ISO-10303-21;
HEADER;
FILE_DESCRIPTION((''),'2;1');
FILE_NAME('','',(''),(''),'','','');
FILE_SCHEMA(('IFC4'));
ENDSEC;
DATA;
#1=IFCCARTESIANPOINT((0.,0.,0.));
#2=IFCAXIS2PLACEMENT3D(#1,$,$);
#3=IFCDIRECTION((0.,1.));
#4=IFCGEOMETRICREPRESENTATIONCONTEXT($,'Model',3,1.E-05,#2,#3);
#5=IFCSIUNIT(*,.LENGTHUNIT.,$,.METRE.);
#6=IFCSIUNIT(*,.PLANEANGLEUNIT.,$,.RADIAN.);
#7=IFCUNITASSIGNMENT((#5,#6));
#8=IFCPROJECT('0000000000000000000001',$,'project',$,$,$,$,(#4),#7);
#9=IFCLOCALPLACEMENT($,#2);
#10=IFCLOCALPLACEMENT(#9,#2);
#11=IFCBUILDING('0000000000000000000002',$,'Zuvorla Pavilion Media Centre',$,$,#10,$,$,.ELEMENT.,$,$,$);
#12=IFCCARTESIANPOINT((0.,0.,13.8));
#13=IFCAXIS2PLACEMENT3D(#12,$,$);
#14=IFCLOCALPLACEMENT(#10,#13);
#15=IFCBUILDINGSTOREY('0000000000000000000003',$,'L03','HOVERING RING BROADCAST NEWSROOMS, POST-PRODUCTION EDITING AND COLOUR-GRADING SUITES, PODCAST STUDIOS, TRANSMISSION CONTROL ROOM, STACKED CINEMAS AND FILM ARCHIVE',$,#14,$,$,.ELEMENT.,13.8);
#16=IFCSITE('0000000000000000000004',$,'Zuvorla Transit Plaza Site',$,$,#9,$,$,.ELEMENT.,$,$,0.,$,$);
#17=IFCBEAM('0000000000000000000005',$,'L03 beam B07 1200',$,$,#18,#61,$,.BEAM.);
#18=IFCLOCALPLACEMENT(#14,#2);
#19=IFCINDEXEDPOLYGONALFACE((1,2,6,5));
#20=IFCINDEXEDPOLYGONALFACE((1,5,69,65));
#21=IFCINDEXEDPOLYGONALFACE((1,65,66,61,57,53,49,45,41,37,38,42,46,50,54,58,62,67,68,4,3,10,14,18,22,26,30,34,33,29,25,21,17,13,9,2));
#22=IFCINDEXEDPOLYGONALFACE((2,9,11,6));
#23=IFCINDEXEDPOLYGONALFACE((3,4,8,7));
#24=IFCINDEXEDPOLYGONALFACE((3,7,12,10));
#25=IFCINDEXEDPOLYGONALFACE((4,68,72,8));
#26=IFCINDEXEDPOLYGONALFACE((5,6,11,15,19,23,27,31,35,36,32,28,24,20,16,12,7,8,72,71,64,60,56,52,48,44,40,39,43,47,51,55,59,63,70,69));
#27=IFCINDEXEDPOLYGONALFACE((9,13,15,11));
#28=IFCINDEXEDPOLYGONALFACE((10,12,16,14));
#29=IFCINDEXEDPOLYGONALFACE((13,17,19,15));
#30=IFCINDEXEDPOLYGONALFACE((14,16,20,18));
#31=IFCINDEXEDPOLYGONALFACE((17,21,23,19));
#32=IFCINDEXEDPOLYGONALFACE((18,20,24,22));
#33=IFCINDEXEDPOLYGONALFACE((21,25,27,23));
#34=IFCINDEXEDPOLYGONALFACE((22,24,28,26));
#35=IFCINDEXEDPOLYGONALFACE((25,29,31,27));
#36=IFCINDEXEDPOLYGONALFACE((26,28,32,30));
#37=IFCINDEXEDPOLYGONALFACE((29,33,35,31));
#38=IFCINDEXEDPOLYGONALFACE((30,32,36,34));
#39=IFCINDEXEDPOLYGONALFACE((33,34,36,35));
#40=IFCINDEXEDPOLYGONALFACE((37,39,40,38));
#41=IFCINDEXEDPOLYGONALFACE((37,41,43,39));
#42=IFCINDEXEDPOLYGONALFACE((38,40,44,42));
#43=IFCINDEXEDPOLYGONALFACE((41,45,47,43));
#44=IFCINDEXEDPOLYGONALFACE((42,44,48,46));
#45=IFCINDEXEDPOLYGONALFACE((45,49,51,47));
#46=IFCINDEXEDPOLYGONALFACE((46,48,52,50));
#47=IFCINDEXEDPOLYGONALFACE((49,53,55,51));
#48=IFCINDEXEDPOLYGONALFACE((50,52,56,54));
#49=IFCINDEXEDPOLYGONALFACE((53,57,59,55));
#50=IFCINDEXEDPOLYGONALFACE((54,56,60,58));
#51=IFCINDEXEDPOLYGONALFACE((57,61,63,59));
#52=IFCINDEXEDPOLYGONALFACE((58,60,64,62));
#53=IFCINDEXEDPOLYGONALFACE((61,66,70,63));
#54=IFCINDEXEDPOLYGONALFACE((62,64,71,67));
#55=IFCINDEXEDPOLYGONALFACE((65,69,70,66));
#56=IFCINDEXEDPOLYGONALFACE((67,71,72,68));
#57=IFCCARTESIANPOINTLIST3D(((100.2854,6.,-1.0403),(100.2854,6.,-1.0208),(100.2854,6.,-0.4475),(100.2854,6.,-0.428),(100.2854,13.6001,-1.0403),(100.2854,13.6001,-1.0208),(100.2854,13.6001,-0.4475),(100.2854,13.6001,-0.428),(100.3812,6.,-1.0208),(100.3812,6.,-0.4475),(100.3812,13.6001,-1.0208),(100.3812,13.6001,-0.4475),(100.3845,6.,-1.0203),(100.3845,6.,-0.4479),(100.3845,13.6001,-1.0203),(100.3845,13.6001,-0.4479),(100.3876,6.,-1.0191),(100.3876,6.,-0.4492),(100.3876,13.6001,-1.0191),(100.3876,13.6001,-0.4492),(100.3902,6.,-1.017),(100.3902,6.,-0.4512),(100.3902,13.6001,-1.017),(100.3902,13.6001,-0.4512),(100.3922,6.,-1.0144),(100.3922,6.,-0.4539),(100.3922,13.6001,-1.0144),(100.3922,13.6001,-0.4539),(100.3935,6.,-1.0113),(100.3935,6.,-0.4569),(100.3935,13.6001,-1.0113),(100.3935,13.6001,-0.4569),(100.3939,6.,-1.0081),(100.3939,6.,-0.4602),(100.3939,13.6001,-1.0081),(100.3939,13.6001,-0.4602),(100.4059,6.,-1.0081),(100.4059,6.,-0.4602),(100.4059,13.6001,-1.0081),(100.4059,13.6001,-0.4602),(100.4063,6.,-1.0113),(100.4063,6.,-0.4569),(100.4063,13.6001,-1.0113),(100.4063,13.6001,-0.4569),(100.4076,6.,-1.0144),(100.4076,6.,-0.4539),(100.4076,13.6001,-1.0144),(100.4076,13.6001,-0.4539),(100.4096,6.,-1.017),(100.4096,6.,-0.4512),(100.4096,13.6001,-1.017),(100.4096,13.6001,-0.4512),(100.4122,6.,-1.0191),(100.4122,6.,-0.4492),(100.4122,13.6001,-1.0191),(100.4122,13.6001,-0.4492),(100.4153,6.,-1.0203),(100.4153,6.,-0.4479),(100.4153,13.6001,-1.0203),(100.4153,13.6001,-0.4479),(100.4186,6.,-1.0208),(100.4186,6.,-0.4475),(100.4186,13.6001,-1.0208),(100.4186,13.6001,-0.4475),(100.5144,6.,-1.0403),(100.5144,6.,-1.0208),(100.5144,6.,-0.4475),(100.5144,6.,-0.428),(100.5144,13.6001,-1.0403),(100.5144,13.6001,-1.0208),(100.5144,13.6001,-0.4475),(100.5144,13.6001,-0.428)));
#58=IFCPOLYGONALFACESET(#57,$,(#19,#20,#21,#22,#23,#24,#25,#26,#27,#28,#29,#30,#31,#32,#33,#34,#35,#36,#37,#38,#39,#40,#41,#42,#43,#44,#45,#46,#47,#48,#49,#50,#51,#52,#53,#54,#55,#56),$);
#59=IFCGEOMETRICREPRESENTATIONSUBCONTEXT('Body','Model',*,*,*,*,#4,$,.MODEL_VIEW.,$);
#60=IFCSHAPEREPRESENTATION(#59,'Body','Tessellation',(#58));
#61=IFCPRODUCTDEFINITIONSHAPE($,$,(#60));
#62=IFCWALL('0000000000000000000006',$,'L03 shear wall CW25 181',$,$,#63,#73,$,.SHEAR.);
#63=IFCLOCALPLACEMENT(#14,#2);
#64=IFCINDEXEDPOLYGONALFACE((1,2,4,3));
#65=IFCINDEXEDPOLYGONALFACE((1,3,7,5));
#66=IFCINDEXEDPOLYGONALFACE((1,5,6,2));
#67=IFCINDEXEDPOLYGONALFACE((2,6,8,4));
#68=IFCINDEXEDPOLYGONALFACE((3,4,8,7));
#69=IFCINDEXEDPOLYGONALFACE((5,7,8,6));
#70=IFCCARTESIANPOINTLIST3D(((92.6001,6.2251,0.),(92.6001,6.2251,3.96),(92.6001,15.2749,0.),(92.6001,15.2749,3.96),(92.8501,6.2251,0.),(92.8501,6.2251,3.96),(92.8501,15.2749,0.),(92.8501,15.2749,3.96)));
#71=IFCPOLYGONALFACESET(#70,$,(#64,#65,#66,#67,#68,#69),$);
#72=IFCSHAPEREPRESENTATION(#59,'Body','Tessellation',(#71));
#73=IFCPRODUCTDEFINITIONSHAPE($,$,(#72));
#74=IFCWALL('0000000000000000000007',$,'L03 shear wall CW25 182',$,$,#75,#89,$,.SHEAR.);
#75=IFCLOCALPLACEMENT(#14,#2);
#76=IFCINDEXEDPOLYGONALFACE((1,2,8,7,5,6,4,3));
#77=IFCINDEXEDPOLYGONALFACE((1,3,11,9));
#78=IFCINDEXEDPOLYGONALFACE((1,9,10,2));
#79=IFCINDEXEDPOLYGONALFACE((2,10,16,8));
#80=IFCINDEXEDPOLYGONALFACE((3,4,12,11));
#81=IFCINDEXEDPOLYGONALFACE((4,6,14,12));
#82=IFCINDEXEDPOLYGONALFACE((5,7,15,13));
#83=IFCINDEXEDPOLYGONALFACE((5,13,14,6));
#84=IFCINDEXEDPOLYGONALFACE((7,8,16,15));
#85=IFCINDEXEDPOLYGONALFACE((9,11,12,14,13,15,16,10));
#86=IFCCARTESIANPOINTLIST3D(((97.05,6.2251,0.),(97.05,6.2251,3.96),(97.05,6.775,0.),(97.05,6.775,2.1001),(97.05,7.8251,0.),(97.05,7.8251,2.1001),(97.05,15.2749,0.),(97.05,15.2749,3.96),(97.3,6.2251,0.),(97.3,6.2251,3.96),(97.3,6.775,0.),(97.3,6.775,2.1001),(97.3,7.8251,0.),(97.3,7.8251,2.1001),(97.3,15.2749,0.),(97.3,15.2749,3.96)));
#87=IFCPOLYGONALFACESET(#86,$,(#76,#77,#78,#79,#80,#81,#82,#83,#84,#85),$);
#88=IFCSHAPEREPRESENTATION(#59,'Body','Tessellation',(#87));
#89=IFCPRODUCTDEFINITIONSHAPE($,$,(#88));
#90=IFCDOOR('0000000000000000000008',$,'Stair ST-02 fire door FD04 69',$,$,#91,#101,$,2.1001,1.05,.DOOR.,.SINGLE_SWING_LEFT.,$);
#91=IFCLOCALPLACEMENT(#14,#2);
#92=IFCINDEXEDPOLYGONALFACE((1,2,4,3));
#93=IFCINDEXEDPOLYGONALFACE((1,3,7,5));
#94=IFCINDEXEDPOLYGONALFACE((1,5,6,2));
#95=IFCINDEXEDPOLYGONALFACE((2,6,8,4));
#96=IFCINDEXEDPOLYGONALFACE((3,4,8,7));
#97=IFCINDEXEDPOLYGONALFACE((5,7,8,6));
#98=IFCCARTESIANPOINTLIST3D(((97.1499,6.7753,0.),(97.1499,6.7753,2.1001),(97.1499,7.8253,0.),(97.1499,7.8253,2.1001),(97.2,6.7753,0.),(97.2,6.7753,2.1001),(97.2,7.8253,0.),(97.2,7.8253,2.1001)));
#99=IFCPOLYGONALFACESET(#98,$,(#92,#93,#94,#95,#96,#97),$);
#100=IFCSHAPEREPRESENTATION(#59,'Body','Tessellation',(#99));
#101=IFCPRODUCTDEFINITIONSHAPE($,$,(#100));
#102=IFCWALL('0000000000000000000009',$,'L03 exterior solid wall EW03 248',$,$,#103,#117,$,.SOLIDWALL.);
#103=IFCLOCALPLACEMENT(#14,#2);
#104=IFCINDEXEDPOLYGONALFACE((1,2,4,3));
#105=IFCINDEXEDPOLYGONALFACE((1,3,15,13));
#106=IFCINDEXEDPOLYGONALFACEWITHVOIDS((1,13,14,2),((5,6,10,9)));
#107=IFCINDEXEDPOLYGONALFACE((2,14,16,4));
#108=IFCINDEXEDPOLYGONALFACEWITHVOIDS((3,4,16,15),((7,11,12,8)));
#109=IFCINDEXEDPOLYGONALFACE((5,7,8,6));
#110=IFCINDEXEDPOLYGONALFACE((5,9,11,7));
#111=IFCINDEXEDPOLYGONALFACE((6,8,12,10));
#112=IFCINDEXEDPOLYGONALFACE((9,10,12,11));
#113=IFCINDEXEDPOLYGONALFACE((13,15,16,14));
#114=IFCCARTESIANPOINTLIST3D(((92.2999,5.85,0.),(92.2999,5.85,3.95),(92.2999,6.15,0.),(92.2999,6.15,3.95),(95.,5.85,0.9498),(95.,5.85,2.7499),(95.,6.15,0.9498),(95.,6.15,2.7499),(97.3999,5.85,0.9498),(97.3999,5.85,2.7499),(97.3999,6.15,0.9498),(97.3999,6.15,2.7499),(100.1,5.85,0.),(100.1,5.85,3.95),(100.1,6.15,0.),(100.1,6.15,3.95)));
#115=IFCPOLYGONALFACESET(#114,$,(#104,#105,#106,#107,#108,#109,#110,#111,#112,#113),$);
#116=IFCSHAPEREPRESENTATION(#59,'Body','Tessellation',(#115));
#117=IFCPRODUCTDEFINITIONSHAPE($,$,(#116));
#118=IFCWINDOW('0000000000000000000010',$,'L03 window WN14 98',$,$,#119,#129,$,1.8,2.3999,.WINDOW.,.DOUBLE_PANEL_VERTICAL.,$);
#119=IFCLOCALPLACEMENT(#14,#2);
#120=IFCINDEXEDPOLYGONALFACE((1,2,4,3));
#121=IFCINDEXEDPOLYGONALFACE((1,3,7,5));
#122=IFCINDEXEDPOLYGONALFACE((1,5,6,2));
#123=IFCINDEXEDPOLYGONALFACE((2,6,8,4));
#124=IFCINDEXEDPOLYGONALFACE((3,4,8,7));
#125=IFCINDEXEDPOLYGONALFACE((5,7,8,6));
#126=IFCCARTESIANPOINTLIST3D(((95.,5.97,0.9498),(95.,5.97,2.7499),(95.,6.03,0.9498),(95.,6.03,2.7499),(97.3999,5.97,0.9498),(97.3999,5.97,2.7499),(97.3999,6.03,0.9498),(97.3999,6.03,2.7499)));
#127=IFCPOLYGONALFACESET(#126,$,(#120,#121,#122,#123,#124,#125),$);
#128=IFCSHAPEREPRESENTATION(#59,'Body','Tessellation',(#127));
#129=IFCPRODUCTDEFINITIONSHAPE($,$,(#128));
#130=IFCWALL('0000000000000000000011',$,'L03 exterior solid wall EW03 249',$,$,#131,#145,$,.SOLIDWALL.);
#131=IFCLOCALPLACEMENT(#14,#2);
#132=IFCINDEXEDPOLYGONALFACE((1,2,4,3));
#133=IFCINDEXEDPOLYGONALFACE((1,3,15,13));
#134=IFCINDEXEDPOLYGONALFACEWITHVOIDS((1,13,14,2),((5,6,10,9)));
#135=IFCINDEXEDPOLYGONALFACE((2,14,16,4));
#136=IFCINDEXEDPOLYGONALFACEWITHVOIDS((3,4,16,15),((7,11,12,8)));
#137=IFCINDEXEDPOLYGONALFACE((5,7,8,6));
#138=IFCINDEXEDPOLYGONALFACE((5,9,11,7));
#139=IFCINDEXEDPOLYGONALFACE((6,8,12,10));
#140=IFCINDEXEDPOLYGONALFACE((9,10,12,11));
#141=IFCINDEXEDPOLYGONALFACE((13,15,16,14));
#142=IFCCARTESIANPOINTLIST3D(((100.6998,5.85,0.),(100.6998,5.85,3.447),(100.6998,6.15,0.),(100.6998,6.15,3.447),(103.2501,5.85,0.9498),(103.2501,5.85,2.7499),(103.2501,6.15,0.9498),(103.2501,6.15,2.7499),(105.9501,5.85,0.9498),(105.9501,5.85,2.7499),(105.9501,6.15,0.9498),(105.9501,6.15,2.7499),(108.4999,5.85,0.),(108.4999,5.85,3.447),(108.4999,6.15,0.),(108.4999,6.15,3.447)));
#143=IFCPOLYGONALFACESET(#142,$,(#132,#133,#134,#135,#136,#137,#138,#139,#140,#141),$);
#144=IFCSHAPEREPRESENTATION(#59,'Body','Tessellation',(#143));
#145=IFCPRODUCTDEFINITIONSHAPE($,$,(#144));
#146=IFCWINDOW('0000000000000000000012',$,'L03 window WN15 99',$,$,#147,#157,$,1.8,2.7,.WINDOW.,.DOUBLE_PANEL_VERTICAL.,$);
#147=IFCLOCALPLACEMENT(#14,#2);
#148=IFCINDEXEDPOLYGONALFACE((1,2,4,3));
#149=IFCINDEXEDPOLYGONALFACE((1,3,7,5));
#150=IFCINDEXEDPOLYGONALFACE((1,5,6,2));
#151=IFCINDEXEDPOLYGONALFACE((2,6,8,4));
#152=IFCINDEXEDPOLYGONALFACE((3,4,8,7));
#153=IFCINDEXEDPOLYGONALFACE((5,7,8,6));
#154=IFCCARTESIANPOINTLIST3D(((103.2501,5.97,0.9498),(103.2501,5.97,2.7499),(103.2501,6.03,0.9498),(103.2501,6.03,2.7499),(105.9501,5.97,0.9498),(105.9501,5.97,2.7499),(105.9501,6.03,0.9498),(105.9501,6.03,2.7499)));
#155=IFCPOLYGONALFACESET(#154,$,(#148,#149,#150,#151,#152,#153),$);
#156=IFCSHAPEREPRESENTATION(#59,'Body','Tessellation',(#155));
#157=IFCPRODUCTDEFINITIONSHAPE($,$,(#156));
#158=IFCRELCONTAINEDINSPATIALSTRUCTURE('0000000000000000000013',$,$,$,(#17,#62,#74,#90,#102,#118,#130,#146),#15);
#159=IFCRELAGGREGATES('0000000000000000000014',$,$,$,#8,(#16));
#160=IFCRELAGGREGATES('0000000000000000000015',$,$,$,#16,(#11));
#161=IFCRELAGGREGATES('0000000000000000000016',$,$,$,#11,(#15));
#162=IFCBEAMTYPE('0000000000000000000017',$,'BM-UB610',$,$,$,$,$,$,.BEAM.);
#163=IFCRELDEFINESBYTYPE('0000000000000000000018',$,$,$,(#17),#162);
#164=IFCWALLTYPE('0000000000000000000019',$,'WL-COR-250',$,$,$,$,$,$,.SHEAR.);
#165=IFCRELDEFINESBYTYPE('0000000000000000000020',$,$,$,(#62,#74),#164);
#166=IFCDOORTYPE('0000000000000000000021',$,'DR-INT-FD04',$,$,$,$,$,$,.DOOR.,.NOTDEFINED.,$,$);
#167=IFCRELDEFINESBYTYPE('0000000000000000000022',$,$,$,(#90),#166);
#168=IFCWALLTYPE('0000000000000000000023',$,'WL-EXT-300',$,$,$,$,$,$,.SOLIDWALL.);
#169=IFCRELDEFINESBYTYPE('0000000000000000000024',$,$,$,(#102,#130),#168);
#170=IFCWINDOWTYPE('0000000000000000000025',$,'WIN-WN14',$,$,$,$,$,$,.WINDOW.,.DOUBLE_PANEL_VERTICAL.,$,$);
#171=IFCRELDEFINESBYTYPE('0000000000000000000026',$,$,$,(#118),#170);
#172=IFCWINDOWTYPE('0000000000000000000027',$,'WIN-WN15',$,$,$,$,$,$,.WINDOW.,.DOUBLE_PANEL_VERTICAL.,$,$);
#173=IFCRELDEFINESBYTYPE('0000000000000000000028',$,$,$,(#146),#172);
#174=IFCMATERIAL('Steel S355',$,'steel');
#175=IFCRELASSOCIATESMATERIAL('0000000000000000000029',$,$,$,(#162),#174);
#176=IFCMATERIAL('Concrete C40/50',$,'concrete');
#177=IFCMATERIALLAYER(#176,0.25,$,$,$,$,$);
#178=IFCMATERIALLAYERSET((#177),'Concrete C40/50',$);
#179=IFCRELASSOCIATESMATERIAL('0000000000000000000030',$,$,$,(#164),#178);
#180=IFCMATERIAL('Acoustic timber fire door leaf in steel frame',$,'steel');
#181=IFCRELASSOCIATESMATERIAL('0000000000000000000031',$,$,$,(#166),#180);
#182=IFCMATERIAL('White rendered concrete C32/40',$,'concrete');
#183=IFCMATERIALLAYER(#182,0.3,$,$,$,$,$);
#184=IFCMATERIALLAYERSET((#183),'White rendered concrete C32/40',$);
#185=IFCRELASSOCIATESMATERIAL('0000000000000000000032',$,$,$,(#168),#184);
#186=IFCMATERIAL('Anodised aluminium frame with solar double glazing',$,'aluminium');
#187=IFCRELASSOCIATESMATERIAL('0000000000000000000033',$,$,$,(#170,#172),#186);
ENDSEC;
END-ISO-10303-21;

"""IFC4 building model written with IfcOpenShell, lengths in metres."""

from ifc_helpers import new_model, si_unit, direction, frame, frame_2d, origin, origin_2d, place, context, subcontext, project, spatial, rectangle, i_section, extrude, material, layer, layer_set, material_profile, profile_set, type_object, element, fill, save


model = new_model("IFC4")

# Units and contexts
model_context = context("Model", 3, precision=1e-05, world=origin(), true_north=direction((0.0, 1.0)))
body_context = subcontext(model_context, "Body", "Model", "MODEL_VIEW")
ifc_project = project(units=[si_unit("LENGTHUNIT", "METRE"), si_unit("PLANEANGLEUNIT", "RADIAN")], contexts=[model_context])

# Site, building, storey
site_placement = place(None, origin())
site = spatial("IfcSite", under=ifc_project, at=site_placement, Name="Zuvorla Transit Plaza Site", CompositionType="ELEMENT", RefElevation=0.0)
building_placement = place(site_placement, origin())
building = spatial("IfcBuilding", under=site, at=building_placement, Name="Zuvorla Pavilion Media Centre", CompositionType="ELEMENT")
storey_placement = place(building_placement, frame((0.0, 0.0, 13.8)))
storey = spatial("IfcBuildingStorey", under=building, at=storey_placement, Name="L03", Description="HOVERING RING BROADCAST NEWSROOMS, POST-PRODUCTION EDITING AND COLOUR-GRADING SUITES, PODCAST STUDIOS, TRANSMISSION CONTROL ROOM, STACKED CINEMAS AND FILM ARCHIVE", CompositionType="ELEMENT", Elevation=13.8)

# Shared definitions
ifc_material_1 = material(Name="Concrete C40/50", Category="concrete")

# Beam
ifc_material_2 = material(Name="Steel S355", Category="steel")
ifc_material_profile_1 = material_profile(ifc_material_2, i_section(OverallWidth=0.229, OverallDepth=0.6123, WebThickness=0.012, FlangeThickness=0.0195, FilletRadius=0.0127, at=origin_2d()), Name="UB 610x229x125")
ifc_profile_set_1 = profile_set([ifc_material_profile_1], Name="Steel S355")
beam_type_1 = type_object("IfcBeamType", Name="BM-UB610", PredefinedType="BEAM", material=ifc_profile_set_1)
for number, where, z_axis, x_axis, name in (
    (1, (100.3999, 6.0, -0.7341), (0.0, 1.0, 0.0), (-1.0, 0.0, 0.0), "L03 beam B07 1200"),
):
    element("IfcBeam", number, at=place(storey_placement, frame(where, z_axis=z_axis, x_axis=x_axis)), inside=storey, type_object=beam_type_1, Name=name, PredefinedType="BEAM", context=body_context, shape_type="SweptSolid", body=[
        extrude(i_section(OverallWidth=0.229, OverallDepth=0.6123, WebThickness=0.012, FlangeThickness=0.0195, FilletRadius=0.0127, at=origin_2d()), origin(), (0.0, 0.0, 1.0), 7.6001),
    ])

# Wall
ifc_layer_1 = layer(ifc_material_1, 0.25)
ifc_layer_set_1 = layer_set([ifc_layer_1], Name="Concrete C40/50")
wall_type_1 = type_object("IfcWallType", Name="WL-COR-250", PredefinedType="SHEAR", material=ifc_layer_set_1)
wall_1_placement = place(storey_placement, frame((92.7251, 6.2251, 0.0), z_axis=(0.0, 0.0, 1.0), x_axis=(0.0, 1.0, 0.0)))
element("IfcWall", 2, at=wall_1_placement, inside=storey, type_object=wall_type_1, Name="L03 shear wall CW25 181", PredefinedType="SHEAR", context=body_context, shape_type="SweptSolid", body=[
    extrude(rectangle(XDim=9.0498, YDim=0.25, at=frame_2d((4.5249, 0.0))), origin(), (0.0, 0.0, 1.0), 3.96),
])

# Wall, opening, door
wall_2_placement = place(storey_placement, frame((97.175, 6.2251, 0.0), z_axis=(0.0, 0.0, 1.0), x_axis=(0.0, 1.0, 0.0)))
wall_2 = element("IfcWall", 3, at=wall_2_placement, inside=storey, type_object=wall_type_1, Name="L03 shear wall CW25 182", PredefinedType="SHEAR", context=body_context, shape_type="SweptSolid", body=[
    extrude(rectangle(XDim=9.0498, YDim=0.25, at=frame_2d((4.5249, 0.0))), origin(), (0.0, 0.0, 1.0), 3.96),
])
opening_1_placement = place(wall_2_placement, frame((0.55, 0.0, 0.0)))
opening_1 = element("IfcOpeningElement", 4, at=opening_1_placement, cuts=wall_2, PredefinedType="OPENING", context=body_context, shape_type="SweptSolid", body=[
    extrude(rectangle(XDim=1.05, YDim=2.1001, at=frame_2d((0.5249, 1.05))), frame((0.0, 0.135, 0.0), z_axis=(0.0, -1.0, 0.0), x_axis=(1.0, 0.0, 0.0)), (0.0, 0.0, 1.0), 0.27),
])
ifc_material_3 = material(Name="Acoustic timber fire door leaf in steel frame", Category="steel")
door_type = type_object("IfcDoorType", Name="DR-INT-FD04", OperationType="NOTDEFINED", PredefinedType="DOOR", material=ifc_material_3)
door_placement = place(opening_1_placement, frame((1.05, 0.0, 0.0), z_axis=(0.0, 0.0, 1.0), x_axis=(-1.0, 0.0, 0.0)))
door = element("IfcDoor", 5, at=door_placement, inside=storey, type_object=door_type, Name="Stair ST-02 fire door FD04 69", OperationType="SINGLE_SWING_LEFT", OverallHeight=2.1001, OverallWidth=1.05, PredefinedType="DOOR", context=body_context, shape_type="SweptSolid", body=[
    extrude(rectangle(XDim=1.05, YDim=2.1001, at=frame_2d((0.5249, 1.05))), frame((0.0, 0.0249, 0.0), z_axis=(0.0, -1.0, 0.0), x_axis=(1.0, 0.0, 0.0)), (0.0, 0.0, 1.0), 0.05),
])
fill(opening_1, door)

# Walls, openings, windows
ifc_material_4 = material(Name="White rendered concrete C32/40", Category="concrete")
ifc_layer_2 = layer(ifc_material_4, 0.3)
ifc_layer_set_2 = layer_set([ifc_layer_2], Name="White rendered concrete C32/40")
wall_type_2 = type_object("IfcWallType", Name="WL-EXT-300", PredefinedType="SOLIDWALL", material=ifc_layer_set_2)
wall_3_placement = place(storey_placement, frame((92.3, 6.0, 0.0), z_axis=(0.0, 0.0, 1.0), x_axis=(1.0, 0.0, 0.0)))
wall_3 = element("IfcWall", 6, at=wall_3_placement, inside=storey, type_object=wall_type_2, Name="L03 exterior solid wall EW03 248", PredefinedType="SOLIDWALL", context=body_context, shape_type="SweptSolid", body=[
    extrude(rectangle(XDim=7.8, YDim=0.3, at=frame_2d((3.8999, 0.0))), origin(), (0.0, 0.0, 1.0), 3.95),
])
opening_2_placement = place(wall_3_placement, frame((2.7, 0.0, 0.95)))
opening_2 = element("IfcOpeningElement", 7, at=opening_2_placement, cuts=wall_3, PredefinedType="OPENING", context=body_context, shape_type="SweptSolid", body=[
    extrude(rectangle(XDim=2.3999, YDim=1.8, at=frame_2d((1.2, 0.8999))), frame((0.0, 0.1599, 0.0), z_axis=(0.0, -1.0, 0.0), x_axis=(1.0, 0.0, 0.0)), (0.0, 0.0, 1.0), 0.3201),
])
ifc_material_5 = material(Name="Anodised aluminium frame with solar double glazing", Category="aluminium")
window_type_1 = type_object("IfcWindowType", Name="WIN-WN14", PartitioningType="DOUBLE_PANEL_VERTICAL", PredefinedType="WINDOW", material=ifc_material_5)
window_1_placement = place(opening_2_placement, origin())
window_1 = element("IfcWindow", 8, at=window_1_placement, inside=storey, type_object=window_type_1, Name="L03 window WN14 98", OverallHeight=1.8, OverallWidth=2.3999, PartitioningType="DOUBLE_PANEL_VERTICAL", PredefinedType="WINDOW", context=body_context, shape_type="SweptSolid", body=[
    extrude(rectangle(XDim=2.3999, YDim=1.8, at=frame_2d((1.2, 0.8999))), frame((0.0, 0.03, 0.0), z_axis=(0.0, -1.0, 0.0), x_axis=(1.0, 0.0, 0.0)), (0.0, 0.0, 1.0), 0.0601),
])
fill(opening_2, window_1)
wall_4_placement = place(storey_placement, frame((100.7, 6.0, 0.0), z_axis=(0.0, 0.0, 1.0), x_axis=(1.0, 0.0, 0.0)))
wall_4 = element("IfcWall", 9, at=wall_4_placement, inside=storey, type_object=wall_type_2, Name="L03 exterior solid wall EW03 249", PredefinedType="SOLIDWALL", context=body_context, shape_type="SweptSolid", body=[
    extrude(rectangle(XDim=7.8, YDim=0.3, at=frame_2d((3.8999, 0.0))), origin(), (0.0, 0.0, 1.0), 3.447),
])
opening_3_placement = place(wall_4_placement, frame((2.55, 0.0, 0.95)))
opening_3 = element("IfcOpeningElement", 10, at=opening_3_placement, cuts=wall_4, PredefinedType="OPENING", context=body_context, shape_type="SweptSolid", body=[
    extrude(rectangle(XDim=2.7, YDim=1.8, at=frame_2d((1.3501, 0.8999))), frame((0.0, 0.1599, 0.0), z_axis=(0.0, -1.0, 0.0), x_axis=(1.0, 0.0, 0.0)), (0.0, 0.0, 1.0), 0.3201),
])
window_type_2 = type_object("IfcWindowType", Name="WIN-WN15", PartitioningType="DOUBLE_PANEL_VERTICAL", PredefinedType="WINDOW", material=ifc_material_5)
window_2_placement = place(opening_3_placement, origin())
window_2 = element("IfcWindow", 11, at=window_2_placement, inside=storey, type_object=window_type_2, Name="L03 window WN15 99", OverallHeight=1.8, OverallWidth=2.7, PartitioningType="DOUBLE_PANEL_VERTICAL", PredefinedType="WINDOW", context=body_context, shape_type="SweptSolid", body=[
    extrude(rectangle(XDim=2.7, YDim=1.8, at=frame_2d((1.3501, 0.8999))), frame((0.0, 0.03, 0.0), z_axis=(0.0, -1.0, 0.0), x_axis=(1.0, 0.0, 0.0)), (0.0, 0.0, 1.0), 0.0601),
])
fill(opening_3, window_2)

save(model, "model.ifc")
